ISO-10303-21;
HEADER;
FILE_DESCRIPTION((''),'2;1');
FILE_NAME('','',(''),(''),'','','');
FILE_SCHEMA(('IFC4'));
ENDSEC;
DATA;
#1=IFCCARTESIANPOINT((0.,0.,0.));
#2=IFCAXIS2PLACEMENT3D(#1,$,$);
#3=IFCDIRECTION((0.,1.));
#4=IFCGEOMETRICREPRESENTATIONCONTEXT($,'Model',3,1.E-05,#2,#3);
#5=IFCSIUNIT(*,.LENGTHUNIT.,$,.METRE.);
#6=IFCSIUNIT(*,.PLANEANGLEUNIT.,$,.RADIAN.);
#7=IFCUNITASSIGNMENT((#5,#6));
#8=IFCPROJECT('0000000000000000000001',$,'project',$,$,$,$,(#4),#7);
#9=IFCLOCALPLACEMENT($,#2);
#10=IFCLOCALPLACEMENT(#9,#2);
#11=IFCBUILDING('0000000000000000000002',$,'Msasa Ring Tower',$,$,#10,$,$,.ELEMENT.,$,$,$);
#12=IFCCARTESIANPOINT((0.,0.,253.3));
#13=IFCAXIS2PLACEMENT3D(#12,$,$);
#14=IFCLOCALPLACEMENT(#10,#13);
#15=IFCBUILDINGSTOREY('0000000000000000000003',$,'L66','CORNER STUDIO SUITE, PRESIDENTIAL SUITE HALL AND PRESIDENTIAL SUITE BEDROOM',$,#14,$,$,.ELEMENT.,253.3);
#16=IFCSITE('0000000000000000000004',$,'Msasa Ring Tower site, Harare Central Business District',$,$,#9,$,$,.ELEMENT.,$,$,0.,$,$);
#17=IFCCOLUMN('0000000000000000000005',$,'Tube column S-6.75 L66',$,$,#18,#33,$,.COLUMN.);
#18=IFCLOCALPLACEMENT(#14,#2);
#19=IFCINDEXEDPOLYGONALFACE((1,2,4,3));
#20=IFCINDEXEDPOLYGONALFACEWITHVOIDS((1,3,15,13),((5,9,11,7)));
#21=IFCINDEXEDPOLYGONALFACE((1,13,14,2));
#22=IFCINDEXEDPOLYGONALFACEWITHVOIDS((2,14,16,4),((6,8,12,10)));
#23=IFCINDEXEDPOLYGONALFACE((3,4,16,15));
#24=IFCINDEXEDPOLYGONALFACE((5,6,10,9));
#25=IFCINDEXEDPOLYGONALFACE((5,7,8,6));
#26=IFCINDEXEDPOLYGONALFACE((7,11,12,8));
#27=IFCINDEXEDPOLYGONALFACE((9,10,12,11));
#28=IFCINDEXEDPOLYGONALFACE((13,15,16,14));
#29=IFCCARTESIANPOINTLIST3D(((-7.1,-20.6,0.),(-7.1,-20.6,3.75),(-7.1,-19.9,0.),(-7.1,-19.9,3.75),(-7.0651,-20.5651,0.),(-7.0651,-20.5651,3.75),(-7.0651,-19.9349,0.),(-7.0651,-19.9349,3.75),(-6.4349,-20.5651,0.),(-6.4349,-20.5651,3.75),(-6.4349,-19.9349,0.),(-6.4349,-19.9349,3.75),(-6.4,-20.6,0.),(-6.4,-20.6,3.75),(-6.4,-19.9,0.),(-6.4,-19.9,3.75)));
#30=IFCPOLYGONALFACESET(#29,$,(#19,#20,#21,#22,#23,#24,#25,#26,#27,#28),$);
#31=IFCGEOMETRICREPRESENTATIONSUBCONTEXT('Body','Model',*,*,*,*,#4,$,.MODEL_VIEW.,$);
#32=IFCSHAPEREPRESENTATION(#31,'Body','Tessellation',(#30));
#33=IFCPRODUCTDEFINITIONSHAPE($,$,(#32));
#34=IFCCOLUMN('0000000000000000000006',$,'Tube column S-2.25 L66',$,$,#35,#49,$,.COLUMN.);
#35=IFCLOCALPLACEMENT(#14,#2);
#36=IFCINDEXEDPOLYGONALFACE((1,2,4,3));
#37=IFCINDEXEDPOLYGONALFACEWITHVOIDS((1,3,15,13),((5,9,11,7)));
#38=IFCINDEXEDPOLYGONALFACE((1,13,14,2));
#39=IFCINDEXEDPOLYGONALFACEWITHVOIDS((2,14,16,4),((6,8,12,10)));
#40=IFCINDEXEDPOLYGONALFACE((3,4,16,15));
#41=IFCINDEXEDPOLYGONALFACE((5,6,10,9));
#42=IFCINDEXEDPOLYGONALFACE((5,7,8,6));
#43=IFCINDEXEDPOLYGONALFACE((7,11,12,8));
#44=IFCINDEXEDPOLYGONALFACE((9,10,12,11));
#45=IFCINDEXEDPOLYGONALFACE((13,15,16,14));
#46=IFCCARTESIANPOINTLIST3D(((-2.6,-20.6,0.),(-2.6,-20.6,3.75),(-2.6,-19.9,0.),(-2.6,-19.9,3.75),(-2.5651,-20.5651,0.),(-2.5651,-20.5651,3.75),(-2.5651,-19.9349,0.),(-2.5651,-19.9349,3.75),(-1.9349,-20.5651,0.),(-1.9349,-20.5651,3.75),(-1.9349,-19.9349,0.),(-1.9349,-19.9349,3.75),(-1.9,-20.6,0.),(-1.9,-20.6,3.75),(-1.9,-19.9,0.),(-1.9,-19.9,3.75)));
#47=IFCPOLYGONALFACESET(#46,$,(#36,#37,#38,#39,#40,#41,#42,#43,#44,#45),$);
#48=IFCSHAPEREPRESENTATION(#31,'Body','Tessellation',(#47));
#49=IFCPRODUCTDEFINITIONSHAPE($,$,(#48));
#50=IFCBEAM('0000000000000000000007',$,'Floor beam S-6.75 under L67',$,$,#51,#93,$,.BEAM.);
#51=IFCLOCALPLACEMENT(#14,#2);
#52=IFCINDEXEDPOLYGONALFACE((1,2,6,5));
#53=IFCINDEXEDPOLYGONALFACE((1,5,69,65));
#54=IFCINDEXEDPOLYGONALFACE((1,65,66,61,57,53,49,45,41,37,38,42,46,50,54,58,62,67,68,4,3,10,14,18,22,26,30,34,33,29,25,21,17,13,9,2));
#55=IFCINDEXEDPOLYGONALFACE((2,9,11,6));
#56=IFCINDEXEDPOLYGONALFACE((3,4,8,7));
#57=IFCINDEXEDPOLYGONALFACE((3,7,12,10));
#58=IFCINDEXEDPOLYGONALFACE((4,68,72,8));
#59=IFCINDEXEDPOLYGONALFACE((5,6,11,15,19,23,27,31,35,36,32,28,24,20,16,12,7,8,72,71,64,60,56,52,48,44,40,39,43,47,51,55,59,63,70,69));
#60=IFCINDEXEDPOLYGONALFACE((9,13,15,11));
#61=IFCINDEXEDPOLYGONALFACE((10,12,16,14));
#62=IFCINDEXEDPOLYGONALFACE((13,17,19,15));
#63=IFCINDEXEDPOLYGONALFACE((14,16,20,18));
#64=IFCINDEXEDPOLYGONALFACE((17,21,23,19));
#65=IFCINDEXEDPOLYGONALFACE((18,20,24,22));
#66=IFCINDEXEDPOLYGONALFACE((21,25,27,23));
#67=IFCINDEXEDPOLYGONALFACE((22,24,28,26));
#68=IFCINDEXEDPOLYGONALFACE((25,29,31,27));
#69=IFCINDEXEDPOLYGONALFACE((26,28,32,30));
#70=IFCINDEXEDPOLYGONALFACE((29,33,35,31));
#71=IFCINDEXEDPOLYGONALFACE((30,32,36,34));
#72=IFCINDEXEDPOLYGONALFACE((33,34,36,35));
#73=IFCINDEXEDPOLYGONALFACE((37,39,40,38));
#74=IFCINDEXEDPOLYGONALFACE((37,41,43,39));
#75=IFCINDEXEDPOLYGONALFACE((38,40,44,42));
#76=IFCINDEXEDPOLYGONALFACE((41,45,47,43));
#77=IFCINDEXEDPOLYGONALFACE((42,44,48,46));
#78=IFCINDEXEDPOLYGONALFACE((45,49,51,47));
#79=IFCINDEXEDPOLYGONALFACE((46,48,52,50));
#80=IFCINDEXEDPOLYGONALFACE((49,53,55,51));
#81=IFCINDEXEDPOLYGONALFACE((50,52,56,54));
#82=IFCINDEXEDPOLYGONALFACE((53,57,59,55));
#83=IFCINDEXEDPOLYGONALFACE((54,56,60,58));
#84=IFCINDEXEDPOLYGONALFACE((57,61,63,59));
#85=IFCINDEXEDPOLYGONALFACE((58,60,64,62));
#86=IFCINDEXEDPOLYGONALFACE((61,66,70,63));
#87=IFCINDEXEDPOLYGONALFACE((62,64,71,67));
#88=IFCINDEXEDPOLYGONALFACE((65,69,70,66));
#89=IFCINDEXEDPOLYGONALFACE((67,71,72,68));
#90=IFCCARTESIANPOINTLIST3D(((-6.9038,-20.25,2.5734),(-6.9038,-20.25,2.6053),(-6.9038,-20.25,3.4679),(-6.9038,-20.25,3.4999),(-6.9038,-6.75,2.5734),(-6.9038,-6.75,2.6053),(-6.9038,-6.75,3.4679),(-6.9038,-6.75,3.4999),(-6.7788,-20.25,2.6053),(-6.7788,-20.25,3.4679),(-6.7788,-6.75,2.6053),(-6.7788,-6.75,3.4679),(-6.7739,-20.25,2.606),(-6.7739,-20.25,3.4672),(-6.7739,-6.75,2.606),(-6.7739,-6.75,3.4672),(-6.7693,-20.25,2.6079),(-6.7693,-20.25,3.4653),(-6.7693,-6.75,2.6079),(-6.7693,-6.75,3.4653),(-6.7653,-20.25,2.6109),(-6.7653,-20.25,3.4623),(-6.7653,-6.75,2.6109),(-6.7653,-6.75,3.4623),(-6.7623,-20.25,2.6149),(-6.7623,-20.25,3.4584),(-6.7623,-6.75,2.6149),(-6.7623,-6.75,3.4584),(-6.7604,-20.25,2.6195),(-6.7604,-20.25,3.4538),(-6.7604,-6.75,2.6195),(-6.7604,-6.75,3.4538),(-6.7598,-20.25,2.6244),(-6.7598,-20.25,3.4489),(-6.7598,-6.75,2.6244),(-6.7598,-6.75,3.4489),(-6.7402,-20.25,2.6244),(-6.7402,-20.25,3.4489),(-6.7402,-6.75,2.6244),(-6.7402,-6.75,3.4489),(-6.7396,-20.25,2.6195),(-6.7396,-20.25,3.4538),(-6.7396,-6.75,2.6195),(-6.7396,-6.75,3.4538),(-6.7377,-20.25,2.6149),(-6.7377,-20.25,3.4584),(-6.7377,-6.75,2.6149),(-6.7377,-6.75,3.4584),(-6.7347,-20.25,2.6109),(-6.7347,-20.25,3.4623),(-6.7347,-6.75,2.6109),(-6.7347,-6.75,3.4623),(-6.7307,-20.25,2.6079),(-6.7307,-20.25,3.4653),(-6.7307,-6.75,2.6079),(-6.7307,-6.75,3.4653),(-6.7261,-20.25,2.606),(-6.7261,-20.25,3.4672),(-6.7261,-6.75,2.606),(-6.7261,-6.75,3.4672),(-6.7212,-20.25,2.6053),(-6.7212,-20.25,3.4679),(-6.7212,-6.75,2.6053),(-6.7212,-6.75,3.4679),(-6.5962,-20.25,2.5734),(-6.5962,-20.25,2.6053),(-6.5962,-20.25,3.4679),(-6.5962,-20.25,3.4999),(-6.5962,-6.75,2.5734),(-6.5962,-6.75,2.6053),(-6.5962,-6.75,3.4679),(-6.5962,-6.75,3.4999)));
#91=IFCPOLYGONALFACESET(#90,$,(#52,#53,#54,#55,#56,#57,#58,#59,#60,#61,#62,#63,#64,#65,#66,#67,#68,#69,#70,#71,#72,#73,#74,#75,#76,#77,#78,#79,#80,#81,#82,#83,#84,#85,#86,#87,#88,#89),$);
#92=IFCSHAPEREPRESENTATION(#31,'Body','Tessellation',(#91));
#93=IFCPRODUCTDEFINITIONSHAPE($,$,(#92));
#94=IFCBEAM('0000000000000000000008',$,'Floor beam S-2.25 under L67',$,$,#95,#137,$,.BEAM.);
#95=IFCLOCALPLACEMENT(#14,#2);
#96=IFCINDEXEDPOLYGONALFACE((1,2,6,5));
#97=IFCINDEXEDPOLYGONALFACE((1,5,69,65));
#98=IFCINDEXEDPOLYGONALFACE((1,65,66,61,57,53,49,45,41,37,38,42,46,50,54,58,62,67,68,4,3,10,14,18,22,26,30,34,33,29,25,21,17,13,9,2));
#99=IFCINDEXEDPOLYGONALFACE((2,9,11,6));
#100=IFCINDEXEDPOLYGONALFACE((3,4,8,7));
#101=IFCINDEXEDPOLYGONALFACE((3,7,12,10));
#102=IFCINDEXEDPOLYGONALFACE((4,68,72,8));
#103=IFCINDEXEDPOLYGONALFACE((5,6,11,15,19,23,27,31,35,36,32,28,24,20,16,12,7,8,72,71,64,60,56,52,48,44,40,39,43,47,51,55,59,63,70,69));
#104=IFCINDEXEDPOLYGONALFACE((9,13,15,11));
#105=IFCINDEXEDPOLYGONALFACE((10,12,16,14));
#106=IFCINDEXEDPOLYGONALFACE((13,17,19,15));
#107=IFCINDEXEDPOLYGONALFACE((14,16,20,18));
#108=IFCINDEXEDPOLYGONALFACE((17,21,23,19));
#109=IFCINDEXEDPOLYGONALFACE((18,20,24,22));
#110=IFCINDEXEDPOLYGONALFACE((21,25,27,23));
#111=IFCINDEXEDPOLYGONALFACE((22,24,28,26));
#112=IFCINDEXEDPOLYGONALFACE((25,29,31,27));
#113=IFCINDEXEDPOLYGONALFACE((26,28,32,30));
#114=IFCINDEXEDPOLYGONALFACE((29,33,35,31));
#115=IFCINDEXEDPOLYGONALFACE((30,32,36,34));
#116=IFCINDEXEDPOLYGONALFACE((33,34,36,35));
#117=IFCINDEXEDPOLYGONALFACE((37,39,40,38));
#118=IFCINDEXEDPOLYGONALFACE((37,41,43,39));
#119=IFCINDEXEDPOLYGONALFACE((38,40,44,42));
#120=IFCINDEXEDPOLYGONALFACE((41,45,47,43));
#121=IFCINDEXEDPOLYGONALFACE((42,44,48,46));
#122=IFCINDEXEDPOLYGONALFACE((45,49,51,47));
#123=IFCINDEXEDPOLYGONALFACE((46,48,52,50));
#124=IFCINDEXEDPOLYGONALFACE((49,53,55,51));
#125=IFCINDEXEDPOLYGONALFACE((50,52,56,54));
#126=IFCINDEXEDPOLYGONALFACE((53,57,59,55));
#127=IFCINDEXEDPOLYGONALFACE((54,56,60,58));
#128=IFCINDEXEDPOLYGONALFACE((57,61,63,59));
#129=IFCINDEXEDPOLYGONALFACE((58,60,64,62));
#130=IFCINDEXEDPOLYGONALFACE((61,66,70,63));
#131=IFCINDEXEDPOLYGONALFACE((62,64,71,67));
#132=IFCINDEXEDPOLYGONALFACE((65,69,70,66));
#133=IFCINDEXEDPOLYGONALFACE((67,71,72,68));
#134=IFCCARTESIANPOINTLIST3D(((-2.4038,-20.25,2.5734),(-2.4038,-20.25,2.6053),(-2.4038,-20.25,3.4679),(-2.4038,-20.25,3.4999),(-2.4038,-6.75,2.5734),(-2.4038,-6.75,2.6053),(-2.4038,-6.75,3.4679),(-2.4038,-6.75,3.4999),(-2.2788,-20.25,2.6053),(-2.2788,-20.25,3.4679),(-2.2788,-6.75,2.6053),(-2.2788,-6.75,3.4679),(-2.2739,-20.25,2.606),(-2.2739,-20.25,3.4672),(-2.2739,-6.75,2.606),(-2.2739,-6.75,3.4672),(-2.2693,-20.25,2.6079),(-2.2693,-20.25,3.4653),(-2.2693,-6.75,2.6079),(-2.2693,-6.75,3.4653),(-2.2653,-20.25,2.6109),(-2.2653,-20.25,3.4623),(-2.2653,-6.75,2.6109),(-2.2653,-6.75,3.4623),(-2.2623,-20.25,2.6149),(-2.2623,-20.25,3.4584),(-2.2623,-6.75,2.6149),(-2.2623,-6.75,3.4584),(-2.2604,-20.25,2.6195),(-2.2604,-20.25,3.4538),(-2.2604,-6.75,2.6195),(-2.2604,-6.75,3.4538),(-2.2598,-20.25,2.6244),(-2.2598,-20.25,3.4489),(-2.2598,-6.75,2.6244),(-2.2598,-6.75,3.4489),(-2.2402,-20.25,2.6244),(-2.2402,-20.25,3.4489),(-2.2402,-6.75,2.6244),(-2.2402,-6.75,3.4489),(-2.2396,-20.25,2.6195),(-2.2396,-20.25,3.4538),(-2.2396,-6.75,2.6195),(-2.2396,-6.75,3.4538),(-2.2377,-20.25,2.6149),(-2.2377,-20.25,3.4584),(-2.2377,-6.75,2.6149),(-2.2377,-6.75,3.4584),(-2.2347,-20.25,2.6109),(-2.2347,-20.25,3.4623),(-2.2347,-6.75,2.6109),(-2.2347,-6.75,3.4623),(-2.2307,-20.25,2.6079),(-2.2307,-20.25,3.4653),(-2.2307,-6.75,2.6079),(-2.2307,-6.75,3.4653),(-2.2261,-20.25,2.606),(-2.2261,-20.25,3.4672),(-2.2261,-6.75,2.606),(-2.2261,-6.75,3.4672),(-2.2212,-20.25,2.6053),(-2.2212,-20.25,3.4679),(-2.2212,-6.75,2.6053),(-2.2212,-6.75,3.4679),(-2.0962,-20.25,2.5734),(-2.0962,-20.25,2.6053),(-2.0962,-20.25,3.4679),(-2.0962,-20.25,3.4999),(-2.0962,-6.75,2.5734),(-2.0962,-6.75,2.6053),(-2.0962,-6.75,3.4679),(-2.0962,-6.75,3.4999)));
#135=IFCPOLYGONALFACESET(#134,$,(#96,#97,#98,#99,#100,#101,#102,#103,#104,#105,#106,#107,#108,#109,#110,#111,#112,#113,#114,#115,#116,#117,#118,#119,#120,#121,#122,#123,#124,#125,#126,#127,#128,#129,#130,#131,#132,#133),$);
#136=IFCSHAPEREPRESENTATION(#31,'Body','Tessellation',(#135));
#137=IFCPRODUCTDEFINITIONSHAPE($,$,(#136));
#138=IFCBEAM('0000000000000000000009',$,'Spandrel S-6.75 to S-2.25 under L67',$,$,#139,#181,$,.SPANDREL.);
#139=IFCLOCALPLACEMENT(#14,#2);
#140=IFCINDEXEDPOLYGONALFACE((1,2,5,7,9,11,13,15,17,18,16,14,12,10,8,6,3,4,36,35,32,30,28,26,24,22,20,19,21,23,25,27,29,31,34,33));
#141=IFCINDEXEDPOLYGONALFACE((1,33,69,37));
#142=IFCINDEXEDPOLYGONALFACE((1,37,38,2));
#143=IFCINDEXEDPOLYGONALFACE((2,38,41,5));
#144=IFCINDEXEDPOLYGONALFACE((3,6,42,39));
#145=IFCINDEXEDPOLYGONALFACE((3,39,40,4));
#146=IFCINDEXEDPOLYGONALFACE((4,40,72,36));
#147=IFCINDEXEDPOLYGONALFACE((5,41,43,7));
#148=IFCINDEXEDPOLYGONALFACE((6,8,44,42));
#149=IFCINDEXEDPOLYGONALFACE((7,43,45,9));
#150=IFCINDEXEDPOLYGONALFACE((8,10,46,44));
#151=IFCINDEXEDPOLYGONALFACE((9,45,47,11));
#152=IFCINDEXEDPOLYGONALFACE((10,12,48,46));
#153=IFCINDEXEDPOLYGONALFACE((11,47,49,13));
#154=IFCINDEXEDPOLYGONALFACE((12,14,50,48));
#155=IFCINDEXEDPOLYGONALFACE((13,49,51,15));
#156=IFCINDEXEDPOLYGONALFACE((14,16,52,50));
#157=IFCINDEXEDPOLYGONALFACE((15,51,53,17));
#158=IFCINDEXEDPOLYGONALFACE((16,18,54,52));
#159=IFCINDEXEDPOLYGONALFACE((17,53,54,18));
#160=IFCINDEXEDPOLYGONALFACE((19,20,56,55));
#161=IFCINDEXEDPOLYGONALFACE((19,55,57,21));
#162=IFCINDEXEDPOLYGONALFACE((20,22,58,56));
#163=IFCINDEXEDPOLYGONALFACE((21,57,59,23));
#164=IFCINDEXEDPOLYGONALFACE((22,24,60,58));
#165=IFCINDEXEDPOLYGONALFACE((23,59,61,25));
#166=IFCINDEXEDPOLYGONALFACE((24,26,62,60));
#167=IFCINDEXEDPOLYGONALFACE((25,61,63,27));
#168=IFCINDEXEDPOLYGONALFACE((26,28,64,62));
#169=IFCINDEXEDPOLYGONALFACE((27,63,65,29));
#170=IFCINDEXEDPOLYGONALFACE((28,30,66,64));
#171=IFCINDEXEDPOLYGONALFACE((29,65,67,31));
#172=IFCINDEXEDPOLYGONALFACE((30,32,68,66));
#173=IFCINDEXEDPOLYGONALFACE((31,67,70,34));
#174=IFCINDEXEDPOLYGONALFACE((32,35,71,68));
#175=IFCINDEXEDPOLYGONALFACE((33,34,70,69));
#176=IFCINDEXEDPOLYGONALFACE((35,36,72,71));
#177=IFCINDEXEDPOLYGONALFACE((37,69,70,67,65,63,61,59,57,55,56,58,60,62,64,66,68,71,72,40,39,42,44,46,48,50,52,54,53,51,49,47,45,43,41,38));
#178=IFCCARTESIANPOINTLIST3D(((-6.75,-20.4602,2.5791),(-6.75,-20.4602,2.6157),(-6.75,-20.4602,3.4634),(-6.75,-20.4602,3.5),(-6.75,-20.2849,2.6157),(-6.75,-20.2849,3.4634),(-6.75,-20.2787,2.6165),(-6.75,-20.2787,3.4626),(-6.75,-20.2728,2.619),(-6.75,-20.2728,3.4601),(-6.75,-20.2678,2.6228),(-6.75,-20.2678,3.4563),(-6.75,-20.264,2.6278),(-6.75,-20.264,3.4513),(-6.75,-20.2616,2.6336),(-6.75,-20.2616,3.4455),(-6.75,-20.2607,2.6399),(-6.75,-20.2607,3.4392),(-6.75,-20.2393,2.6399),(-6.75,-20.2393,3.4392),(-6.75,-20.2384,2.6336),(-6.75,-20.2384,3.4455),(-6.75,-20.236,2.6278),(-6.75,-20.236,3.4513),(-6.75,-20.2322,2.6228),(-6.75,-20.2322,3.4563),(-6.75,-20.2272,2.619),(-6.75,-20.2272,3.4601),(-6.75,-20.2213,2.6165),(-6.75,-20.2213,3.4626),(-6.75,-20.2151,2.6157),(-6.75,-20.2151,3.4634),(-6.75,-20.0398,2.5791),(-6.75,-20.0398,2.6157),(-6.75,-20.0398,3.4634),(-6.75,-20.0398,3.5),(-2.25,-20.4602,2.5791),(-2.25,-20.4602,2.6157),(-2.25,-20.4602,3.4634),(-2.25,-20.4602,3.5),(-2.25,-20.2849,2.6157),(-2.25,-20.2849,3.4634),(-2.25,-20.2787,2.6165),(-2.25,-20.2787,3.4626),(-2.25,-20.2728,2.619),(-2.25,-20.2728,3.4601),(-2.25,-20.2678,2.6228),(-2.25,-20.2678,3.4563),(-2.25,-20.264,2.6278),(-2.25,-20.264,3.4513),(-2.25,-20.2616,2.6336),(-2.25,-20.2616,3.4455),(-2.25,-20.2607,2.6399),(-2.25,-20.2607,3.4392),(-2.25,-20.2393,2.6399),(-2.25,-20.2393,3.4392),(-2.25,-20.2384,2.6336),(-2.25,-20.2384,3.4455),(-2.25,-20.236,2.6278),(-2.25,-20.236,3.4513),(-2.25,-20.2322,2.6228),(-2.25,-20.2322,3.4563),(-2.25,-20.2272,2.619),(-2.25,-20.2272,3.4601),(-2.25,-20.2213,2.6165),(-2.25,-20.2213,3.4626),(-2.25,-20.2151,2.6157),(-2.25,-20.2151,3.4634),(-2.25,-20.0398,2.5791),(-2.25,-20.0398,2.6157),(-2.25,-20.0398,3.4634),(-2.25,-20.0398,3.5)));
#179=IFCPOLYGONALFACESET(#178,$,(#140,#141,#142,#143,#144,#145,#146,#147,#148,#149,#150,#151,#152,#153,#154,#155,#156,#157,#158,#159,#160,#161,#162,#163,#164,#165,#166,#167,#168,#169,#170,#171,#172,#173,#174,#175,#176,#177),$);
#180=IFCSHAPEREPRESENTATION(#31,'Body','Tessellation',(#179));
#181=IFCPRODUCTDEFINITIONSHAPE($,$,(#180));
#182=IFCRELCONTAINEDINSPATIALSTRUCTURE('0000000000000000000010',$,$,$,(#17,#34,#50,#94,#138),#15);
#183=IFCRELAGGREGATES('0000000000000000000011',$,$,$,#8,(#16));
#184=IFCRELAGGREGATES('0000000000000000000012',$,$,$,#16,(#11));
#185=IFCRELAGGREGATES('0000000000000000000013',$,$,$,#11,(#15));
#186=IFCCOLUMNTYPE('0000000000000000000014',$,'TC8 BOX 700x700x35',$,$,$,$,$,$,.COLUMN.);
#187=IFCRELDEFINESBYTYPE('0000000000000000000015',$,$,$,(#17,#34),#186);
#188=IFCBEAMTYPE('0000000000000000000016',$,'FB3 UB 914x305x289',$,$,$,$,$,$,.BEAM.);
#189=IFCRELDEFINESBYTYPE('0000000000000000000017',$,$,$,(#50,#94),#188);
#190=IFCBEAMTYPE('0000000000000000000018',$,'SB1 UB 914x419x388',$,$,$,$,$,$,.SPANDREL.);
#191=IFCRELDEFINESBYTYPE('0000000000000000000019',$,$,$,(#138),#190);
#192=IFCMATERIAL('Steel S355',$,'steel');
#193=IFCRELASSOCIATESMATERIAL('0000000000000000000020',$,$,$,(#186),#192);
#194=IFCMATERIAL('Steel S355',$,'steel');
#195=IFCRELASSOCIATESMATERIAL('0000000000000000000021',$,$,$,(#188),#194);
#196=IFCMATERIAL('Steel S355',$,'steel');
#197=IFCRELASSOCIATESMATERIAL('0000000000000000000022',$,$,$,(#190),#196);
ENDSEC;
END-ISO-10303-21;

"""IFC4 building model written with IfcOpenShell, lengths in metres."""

from ifc_helpers import new_model, si_unit, direction, frame, origin, origin_2d, place, context, subcontext, project, spatial, hollow_rectangle, i_section, extrude, material, material_profile, profile_set, type_object, element, save


model = new_model("IFC4")

# Units and contexts
model_context = context("Model", 3, precision=1e-05, world=origin(), true_north=direction((0.0, 1.0)))
body_context = subcontext(model_context, "Body", "Model", "MODEL_VIEW")
ifc_project = project(units=[si_unit("LENGTHUNIT", "METRE"), si_unit("PLANEANGLEUNIT", "RADIAN")], contexts=[model_context])

# Site, building, storey
site_placement = place(None, origin())
site = spatial("IfcSite", under=ifc_project, at=site_placement, Name="Msasa Ring Tower site, Harare Central Business District", CompositionType="ELEMENT", RefElevation=0.0)
building_placement = place(site_placement, origin())
building = spatial("IfcBuilding", under=site, at=building_placement, Name="Msasa Ring Tower", CompositionType="ELEMENT")
storey_placement = place(building_placement, frame((0.0, 0.0, 253.3)))
storey = spatial("IfcBuildingStorey", under=building, at=storey_placement, Name="L66", Description="CORNER STUDIO SUITE, PRESIDENTIAL SUITE HALL AND PRESIDENTIAL SUITE BEDROOM", CompositionType="ELEMENT", Elevation=253.3)

# Columns
ifc_material_1 = material(Name="Steel S355", Category="steel")
ifc_material_profile_1 = material_profile(ifc_material_1, hollow_rectangle(XDim=0.7, YDim=0.7, WallThickness=0.0349, at=origin_2d()), Name="BOX 700x700x35")
ifc_profile_set_1 = profile_set([ifc_material_profile_1], Name="Steel S355")
column_type = type_object("IfcColumnType", Name="TC8 BOX 700x700x35", PredefinedType="COLUMN", material=ifc_profile_set_1)
for number, where, z_axis, x_axis, name in (
    (1, (-6.75, -20.25, 0.0), (0.0, 0.0, 1.0), (0.0, 1.0, 0.0), "Tube column S-6.75 L66"),
    (2, (-2.25, -20.25, 0.0), (0.0, 0.0, 1.0), (0.0, 1.0, 0.0), "Tube column S-2.25 L66"),
):
    element("IfcColumn", number, at=place(storey_placement, frame(where, z_axis=z_axis, x_axis=x_axis)), inside=storey, type_object=column_type, Name=name, PredefinedType="COLUMN", context=body_context, shape_type="SweptSolid", body=[
        extrude(hollow_rectangle(XDim=0.7, YDim=0.7, WallThickness=0.0349, at=origin_2d()), origin(), (0.0, 0.0, 1.0), 3.75),
    ])

# Beams
ifc_material_2 = material(Name="Steel S355", Category="steel")
ifc_material_profile_2 = material_profile(ifc_material_2, i_section(OverallWidth=0.3076, OverallDepth=0.9265, WebThickness=0.0195, FlangeThickness=0.032, FilletRadius=0.019, at=origin_2d()), Name="UB 914x305x289")
ifc_profile_set_2 = profile_set([ifc_material_profile_2], Name="Steel S355")
beam_type_1 = type_object("IfcBeamType", Name="FB3 UB 914x305x289", PredefinedType="BEAM", material=ifc_profile_set_2)
for number, where, z_axis, x_axis, name in (
    (3, (-6.75, -20.25, 3.0366), (0.0, 1.0, 0.0), (-1.0, 0.0, 0.0), "Floor beam S-6.75 under L67"),
    (4, (-2.25, -20.25, 3.0366), (0.0, 1.0, 0.0), (-1.0, 0.0, 0.0), "Floor beam S-2.25 under L67"),
):
    element("IfcBeam", number, at=place(storey_placement, frame(where, z_axis=z_axis, x_axis=x_axis)), inside=storey, type_object=beam_type_1, Name=name, PredefinedType="BEAM", context=body_context, shape_type="SweptSolid", body=[
        extrude(i_section(OverallWidth=0.3076, OverallDepth=0.9265, WebThickness=0.0195, FlangeThickness=0.032, FilletRadius=0.019, at=origin_2d()), origin(), (0.0, 0.0, 1.0), 13.5),
    ])
ifc_material_3 = material(Name="Steel S355", Category="steel")
ifc_material_profile_3 = material_profile(ifc_material_3, i_section(OverallWidth=0.4204, OverallDepth=0.9209, WebThickness=0.0215, FlangeThickness=0.0366, FilletRadius=0.0242, at=origin_2d()), Name="UB 914x419x388")
ifc_profile_set_3 = profile_set([ifc_material_profile_3], Name="Steel S355")
beam_type_2 = type_object("IfcBeamType", Name="SB1 UB 914x419x388", PredefinedType="SPANDREL", material=ifc_profile_set_3)
for number, where, z_axis, x_axis, name in (
    (5, (-6.75, -20.25, 3.0396), (1.0, 0.0, 0.0), (0.0, 1.0, 0.0), "Spandrel S-6.75 to S-2.25 under L67"),
):
    element("IfcBeam", number, at=place(storey_placement, frame(where, z_axis=z_axis, x_axis=x_axis)), inside=storey, type_object=beam_type_2, Name=name, PredefinedType="SPANDREL", context=body_context, shape_type="SweptSolid", body=[
        extrude(i_section(OverallWidth=0.4204, OverallDepth=0.9209, WebThickness=0.0215, FlangeThickness=0.0366, FilletRadius=0.0242, at=origin_2d()), origin(), (0.0, 0.0, 1.0), 4.5),
    ])

save(model, "model.ifc")
